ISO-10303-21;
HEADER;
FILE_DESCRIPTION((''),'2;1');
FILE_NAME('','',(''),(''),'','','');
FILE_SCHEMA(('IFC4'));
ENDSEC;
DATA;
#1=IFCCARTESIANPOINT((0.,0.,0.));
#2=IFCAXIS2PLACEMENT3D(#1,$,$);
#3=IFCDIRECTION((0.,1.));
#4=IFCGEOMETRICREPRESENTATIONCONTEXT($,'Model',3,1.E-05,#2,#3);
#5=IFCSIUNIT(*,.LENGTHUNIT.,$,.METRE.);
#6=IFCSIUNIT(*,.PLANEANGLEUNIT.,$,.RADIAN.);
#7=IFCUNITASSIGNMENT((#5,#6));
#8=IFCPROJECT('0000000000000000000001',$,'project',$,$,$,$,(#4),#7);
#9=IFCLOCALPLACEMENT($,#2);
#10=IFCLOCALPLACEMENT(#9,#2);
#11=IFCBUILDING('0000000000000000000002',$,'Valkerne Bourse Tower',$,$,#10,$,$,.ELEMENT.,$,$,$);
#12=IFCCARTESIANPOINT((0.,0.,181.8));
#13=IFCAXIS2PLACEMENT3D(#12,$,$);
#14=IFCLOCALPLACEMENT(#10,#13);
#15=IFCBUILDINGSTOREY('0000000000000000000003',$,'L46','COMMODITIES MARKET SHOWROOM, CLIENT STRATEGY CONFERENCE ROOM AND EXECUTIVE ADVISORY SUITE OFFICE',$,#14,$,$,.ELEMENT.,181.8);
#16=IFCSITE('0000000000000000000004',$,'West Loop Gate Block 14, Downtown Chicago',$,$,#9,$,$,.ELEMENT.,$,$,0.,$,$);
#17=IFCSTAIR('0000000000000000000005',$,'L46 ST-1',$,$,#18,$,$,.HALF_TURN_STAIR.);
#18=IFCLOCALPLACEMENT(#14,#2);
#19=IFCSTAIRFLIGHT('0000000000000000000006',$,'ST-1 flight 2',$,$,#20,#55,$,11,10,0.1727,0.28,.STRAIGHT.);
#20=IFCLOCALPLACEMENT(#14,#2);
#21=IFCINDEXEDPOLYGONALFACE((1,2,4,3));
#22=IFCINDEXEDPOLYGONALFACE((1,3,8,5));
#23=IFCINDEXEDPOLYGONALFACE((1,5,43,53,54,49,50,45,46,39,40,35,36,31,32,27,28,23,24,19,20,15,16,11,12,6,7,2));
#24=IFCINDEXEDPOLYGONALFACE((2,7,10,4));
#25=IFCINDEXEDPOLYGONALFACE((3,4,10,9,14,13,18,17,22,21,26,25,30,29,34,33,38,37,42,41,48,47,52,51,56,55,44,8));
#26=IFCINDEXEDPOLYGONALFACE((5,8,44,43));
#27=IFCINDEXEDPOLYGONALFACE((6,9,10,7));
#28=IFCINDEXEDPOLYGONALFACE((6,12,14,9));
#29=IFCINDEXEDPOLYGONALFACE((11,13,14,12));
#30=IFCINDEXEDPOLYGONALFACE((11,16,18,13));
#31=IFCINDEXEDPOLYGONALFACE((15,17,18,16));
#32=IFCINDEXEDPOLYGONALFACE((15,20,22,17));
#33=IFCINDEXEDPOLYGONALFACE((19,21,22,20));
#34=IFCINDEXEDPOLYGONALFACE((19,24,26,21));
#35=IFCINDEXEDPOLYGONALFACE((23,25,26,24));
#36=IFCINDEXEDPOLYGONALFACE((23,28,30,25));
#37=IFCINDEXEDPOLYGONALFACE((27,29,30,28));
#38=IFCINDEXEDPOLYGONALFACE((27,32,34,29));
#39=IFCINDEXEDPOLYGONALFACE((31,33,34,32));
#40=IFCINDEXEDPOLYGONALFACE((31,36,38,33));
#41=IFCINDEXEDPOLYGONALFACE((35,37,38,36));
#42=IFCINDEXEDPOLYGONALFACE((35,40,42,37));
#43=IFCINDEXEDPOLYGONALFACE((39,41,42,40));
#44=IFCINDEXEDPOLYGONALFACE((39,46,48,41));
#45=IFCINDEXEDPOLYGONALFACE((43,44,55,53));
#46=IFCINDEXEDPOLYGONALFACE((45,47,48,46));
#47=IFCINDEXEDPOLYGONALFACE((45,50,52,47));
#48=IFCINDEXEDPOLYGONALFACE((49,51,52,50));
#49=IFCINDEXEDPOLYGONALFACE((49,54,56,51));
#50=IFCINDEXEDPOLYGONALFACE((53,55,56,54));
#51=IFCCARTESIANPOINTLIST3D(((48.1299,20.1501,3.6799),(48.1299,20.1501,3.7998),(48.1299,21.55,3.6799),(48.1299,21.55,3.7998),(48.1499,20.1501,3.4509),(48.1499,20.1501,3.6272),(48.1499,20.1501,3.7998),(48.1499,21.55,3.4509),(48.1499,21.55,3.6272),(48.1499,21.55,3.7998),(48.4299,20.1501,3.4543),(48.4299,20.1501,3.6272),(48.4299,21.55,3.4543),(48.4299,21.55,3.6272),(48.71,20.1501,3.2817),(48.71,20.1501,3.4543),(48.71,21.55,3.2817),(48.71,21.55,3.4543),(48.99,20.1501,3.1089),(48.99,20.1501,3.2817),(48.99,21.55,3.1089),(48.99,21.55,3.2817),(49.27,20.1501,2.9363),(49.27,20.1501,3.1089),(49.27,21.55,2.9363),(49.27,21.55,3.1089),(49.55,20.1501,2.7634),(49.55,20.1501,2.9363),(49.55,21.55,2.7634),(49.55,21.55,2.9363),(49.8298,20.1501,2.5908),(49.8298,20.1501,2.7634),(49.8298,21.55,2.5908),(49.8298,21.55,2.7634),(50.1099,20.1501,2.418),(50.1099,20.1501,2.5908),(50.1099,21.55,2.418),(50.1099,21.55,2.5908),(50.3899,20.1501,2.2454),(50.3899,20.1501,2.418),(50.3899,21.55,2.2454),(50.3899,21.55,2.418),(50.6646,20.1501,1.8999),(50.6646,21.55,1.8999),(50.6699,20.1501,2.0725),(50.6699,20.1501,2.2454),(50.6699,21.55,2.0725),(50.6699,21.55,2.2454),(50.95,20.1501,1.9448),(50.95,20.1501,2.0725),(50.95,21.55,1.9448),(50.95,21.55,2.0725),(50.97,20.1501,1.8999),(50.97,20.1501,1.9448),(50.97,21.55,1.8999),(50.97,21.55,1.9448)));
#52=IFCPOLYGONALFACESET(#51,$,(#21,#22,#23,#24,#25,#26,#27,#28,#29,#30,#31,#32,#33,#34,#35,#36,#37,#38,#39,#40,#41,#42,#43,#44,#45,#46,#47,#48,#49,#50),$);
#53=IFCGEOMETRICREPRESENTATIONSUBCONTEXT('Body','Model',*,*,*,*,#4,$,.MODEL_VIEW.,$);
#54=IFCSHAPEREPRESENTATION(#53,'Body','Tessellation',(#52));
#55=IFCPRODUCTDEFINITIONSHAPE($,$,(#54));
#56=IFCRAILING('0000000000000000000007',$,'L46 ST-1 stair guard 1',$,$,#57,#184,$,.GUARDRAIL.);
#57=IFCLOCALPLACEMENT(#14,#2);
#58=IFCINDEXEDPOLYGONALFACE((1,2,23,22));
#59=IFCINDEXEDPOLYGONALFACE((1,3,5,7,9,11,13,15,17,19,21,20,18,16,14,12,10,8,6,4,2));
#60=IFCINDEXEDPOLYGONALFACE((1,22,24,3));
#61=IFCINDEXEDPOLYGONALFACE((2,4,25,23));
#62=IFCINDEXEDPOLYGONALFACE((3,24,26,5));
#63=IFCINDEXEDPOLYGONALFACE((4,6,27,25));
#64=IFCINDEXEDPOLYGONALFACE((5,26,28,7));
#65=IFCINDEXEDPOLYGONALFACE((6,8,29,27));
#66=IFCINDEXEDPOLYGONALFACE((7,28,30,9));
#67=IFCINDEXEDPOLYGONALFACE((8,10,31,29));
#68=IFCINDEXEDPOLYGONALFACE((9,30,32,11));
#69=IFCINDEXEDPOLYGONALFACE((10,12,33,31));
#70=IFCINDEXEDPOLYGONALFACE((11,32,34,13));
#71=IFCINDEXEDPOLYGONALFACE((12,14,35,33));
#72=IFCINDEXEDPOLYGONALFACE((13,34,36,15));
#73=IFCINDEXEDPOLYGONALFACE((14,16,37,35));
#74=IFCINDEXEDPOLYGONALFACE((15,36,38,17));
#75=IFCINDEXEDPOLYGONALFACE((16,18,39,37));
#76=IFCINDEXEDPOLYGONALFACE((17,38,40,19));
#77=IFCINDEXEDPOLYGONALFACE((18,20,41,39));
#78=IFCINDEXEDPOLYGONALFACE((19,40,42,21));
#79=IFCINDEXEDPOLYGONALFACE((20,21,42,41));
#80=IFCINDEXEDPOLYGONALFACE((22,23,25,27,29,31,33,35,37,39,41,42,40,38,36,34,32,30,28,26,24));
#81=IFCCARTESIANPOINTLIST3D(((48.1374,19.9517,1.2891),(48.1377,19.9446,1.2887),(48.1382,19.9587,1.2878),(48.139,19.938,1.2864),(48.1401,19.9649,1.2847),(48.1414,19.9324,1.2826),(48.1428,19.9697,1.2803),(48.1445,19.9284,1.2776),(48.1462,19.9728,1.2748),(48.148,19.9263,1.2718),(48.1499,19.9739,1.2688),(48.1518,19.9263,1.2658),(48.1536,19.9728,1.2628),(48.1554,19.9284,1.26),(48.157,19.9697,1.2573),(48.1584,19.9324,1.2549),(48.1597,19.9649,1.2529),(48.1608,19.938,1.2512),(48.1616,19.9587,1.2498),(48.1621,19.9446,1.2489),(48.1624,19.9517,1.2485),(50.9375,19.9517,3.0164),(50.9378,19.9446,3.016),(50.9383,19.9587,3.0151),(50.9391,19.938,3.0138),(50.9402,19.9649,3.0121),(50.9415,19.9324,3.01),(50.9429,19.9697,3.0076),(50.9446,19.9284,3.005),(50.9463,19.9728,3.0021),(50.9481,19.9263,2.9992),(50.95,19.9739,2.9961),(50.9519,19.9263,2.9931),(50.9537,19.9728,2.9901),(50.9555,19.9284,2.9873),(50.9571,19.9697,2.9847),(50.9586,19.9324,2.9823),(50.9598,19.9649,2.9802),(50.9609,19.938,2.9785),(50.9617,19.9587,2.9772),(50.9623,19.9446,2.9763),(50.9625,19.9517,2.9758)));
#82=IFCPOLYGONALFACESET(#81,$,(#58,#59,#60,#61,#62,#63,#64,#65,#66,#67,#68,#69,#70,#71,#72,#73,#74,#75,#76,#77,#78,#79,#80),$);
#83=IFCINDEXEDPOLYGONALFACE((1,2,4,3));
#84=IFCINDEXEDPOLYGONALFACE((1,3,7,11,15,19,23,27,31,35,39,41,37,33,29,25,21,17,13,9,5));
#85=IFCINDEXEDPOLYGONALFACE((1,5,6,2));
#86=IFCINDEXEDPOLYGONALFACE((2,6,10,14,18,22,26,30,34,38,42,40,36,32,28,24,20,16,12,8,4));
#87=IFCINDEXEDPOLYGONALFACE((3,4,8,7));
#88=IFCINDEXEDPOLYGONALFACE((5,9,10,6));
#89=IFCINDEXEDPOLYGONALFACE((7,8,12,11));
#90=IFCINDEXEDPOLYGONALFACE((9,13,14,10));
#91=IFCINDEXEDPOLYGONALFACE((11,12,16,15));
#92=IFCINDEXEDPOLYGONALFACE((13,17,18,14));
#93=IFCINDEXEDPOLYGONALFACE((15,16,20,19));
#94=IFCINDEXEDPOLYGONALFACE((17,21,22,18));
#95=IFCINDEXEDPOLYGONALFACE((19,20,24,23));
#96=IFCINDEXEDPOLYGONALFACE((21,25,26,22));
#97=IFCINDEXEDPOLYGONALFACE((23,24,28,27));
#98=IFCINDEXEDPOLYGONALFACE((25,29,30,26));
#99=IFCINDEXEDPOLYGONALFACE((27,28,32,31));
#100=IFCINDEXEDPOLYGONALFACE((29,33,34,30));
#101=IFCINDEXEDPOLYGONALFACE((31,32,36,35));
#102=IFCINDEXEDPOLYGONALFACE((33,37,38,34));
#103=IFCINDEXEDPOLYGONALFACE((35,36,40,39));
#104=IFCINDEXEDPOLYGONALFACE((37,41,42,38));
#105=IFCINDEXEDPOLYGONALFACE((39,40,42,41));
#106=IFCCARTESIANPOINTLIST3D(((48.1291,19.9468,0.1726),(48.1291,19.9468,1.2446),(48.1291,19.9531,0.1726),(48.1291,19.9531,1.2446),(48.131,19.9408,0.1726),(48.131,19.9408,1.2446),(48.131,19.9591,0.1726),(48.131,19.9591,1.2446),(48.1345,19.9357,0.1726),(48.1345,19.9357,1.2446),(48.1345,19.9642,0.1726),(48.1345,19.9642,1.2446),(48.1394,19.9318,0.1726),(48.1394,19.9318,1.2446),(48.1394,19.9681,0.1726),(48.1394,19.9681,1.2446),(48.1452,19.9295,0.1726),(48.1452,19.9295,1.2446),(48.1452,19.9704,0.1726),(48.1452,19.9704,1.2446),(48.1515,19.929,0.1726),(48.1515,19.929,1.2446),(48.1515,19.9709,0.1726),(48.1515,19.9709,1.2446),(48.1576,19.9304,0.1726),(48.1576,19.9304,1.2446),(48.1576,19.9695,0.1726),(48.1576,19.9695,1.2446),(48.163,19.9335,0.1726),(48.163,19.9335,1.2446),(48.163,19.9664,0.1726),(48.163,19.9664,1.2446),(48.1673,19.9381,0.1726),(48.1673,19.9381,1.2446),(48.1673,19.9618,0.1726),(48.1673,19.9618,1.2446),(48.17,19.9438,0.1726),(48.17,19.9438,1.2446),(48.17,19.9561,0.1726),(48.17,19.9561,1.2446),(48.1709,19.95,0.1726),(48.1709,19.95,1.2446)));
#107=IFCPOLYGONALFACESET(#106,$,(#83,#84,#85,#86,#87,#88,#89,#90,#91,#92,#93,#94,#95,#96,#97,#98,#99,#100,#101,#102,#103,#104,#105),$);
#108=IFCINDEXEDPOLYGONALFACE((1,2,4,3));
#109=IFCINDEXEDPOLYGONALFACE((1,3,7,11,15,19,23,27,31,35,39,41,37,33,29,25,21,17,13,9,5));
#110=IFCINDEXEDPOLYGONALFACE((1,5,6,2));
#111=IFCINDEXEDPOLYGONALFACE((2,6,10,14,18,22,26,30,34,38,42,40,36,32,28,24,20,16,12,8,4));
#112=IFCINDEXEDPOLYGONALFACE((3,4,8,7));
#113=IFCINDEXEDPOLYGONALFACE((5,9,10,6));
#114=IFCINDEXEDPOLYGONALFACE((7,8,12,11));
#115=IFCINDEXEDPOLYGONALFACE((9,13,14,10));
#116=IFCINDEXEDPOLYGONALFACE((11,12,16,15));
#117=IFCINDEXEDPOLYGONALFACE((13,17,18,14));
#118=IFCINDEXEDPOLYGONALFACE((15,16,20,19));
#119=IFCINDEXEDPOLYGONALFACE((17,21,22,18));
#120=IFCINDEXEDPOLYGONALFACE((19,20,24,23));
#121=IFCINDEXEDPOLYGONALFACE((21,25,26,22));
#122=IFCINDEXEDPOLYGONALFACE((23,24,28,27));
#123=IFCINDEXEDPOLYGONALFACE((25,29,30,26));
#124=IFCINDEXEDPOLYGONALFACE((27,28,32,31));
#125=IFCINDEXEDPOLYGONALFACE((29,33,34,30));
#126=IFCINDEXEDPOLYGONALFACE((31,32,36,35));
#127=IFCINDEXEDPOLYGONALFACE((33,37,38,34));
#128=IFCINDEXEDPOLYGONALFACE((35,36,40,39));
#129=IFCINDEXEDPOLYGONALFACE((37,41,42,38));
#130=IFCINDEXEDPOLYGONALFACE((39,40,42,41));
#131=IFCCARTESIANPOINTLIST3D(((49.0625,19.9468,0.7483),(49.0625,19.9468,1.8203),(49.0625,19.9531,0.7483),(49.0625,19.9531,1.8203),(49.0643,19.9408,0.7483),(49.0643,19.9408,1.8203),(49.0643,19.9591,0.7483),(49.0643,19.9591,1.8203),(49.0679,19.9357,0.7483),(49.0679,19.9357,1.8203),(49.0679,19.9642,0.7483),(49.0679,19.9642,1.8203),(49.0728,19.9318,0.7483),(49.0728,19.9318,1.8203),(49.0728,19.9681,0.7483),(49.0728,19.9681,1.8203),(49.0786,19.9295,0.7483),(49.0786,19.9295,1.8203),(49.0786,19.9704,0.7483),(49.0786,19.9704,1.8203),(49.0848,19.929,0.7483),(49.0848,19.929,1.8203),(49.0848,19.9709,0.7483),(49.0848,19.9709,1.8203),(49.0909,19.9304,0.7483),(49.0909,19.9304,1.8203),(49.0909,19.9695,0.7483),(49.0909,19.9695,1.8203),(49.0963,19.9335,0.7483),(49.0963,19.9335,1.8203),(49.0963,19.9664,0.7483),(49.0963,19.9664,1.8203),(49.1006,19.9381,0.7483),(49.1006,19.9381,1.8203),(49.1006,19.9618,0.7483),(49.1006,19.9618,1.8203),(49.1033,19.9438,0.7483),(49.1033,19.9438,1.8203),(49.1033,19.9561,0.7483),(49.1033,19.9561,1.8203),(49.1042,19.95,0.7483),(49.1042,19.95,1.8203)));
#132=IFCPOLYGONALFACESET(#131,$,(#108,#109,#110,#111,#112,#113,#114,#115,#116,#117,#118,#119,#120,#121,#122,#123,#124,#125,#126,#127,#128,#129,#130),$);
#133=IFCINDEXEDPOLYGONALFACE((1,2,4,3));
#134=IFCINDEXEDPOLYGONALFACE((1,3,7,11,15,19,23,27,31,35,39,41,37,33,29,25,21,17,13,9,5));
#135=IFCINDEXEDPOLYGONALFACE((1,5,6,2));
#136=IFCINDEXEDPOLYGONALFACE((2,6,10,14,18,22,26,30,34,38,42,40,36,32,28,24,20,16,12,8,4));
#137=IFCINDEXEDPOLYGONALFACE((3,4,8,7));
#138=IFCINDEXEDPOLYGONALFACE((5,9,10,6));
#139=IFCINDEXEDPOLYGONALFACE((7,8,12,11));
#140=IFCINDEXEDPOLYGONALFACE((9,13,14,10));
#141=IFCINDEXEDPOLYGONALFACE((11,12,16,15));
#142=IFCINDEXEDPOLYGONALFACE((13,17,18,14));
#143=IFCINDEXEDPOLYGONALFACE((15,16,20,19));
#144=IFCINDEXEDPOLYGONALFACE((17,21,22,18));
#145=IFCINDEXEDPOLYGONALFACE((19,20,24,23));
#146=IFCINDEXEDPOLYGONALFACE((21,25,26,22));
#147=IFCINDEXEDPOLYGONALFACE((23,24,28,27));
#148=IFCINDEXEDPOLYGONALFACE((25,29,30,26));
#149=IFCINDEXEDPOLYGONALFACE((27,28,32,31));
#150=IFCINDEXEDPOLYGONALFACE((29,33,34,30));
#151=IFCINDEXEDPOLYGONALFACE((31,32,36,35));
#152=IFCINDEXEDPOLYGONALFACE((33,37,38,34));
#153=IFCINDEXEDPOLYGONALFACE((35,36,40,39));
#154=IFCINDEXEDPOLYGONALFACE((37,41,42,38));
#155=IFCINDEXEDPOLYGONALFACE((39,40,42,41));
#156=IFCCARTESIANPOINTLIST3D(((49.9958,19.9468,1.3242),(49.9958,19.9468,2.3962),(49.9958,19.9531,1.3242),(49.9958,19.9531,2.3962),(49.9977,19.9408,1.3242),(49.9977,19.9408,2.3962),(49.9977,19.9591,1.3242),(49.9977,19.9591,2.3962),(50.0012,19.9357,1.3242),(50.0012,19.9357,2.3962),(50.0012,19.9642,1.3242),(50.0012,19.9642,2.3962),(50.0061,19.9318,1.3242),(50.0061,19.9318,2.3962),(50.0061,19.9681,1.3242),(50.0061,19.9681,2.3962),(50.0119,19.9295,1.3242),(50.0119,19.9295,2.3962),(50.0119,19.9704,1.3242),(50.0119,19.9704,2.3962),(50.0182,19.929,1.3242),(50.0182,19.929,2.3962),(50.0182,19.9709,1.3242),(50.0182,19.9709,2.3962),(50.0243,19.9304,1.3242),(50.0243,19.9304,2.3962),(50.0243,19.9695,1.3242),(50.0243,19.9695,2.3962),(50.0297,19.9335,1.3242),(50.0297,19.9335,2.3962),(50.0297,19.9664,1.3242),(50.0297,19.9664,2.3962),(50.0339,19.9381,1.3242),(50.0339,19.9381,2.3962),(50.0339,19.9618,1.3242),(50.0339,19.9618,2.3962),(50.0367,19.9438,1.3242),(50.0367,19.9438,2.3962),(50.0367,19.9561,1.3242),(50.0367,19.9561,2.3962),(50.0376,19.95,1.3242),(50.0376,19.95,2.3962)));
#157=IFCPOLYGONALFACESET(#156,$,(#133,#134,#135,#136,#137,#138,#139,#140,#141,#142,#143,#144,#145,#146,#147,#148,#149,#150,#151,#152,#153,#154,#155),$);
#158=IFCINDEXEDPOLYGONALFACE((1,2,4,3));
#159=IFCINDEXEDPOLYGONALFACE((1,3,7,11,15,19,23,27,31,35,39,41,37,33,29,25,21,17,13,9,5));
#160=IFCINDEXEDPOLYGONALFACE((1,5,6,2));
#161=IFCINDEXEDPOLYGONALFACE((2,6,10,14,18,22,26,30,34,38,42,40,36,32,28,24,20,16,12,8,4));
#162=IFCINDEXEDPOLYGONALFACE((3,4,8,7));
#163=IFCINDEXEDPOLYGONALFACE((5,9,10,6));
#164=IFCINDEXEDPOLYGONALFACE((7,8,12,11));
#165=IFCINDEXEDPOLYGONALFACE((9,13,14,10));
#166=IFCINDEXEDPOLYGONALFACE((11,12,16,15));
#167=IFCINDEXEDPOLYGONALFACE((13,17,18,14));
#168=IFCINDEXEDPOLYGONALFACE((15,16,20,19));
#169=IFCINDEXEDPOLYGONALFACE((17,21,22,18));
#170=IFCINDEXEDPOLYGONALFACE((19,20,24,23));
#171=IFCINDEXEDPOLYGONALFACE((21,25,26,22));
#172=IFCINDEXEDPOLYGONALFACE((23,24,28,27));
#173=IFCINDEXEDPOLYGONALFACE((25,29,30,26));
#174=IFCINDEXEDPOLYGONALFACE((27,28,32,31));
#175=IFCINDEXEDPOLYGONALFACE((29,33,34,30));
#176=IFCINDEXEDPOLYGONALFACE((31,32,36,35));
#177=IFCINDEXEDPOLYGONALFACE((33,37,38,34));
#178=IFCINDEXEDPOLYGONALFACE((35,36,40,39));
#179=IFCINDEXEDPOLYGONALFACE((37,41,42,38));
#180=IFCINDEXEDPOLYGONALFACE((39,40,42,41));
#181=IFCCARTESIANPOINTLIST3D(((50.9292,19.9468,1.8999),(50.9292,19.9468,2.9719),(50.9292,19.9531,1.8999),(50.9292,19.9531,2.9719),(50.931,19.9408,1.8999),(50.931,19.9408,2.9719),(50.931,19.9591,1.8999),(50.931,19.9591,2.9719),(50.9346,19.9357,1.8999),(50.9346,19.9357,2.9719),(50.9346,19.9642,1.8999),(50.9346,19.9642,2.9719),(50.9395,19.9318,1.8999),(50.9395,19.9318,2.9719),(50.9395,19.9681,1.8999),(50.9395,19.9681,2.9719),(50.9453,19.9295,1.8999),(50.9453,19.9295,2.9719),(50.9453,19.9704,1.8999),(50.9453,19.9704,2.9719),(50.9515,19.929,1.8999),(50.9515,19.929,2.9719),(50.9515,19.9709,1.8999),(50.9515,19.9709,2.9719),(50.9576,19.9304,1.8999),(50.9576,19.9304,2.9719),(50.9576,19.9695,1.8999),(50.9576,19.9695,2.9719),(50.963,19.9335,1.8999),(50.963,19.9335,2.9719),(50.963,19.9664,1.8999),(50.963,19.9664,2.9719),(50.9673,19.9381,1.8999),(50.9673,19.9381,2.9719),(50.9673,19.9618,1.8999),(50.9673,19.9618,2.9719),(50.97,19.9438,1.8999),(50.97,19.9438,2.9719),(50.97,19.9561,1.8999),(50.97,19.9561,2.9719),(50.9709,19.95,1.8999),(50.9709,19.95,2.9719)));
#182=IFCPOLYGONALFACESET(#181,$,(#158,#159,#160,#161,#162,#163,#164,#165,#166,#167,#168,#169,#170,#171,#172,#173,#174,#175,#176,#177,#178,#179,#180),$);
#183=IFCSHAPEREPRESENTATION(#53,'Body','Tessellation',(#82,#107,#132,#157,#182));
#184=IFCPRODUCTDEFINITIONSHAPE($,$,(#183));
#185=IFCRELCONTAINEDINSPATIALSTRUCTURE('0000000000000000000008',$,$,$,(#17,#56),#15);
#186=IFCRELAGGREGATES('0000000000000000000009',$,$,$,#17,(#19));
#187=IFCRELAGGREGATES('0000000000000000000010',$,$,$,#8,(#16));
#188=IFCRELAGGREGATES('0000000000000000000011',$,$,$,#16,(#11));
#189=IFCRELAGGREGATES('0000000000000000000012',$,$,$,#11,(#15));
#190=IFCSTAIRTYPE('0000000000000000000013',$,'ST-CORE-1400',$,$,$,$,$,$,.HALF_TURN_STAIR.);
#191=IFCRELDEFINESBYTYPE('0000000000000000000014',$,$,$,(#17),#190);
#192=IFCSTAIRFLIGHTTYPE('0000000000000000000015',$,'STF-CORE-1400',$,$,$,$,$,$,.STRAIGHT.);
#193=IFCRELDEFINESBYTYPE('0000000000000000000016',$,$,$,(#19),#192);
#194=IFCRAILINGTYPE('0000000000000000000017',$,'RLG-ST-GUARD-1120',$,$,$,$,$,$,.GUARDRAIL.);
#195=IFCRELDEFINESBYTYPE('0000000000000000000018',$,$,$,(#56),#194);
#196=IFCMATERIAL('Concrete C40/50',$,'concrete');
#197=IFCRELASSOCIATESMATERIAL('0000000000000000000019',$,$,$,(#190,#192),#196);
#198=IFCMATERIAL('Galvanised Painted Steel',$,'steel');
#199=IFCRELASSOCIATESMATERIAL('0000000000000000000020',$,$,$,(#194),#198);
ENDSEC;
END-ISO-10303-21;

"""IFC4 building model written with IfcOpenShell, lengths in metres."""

from ifc_helpers import new_model, si_unit, direction, frame, origin, origin_2d, place, context, subcontext, project, spatial, polyline, circle, outline, extrude, material, type_object, element, aggregate, save


model = new_model("IFC4")

# Units and contexts
model_context = context("Model", 3, precision=1e-05, world=origin(), true_north=direction((0.0, 1.0)))
body_context = subcontext(model_context, "Body", "Model", "MODEL_VIEW")
ifc_project = project(units=[si_unit("LENGTHUNIT", "METRE"), si_unit("PLANEANGLEUNIT", "RADIAN")], contexts=[model_context])

# Site, building, storey
site_placement = place(None, origin())
site = spatial("IfcSite", under=ifc_project, at=site_placement, Name="West Loop Gate Block 14, Downtown Chicago", CompositionType="ELEMENT", RefElevation=0.0)
building_placement = place(site_placement, origin())
building = spatial("IfcBuilding", under=site, at=building_placement, Name="Valkerne Bourse Tower", CompositionType="ELEMENT")
storey_placement = place(building_placement, frame((0.0, 0.0, 181.8)))
storey = spatial("IfcBuildingStorey", under=building, at=storey_placement, Name="L46", Description="COMMODITIES MARKET SHOWROOM, CLIENT STRATEGY CONFERENCE ROOM AND EXECUTIVE ADVISORY SUITE OFFICE", CompositionType="ELEMENT", Elevation=181.8)

# Shared definitions
ifc_material_1 = material(Name="Galvanised Painted Steel", Category="steel")

# Shared definitions
ifc_material_2 = material(Name="Concrete C40/50", Category="concrete")

# Stair, stair flight
stair_type = type_object("IfcStairType", Name="ST-CORE-1400", PredefinedType="HALF_TURN_STAIR", material=ifc_material_2)
stair_placement = place(storey_placement, origin())
stair = element("IfcStair", 1, at=stair_placement, inside=storey, type_object=stair_type, Name="L46 ST-1", PredefinedType="HALF_TURN_STAIR")
stair_flight_type = type_object("IfcStairFlightType", Name="STF-CORE-1400", PredefinedType="STRAIGHT", material=ifc_material_2)
stair_flight_1_placement = place(storey_placement, frame((50.95, 20.8501, 1.8999), z_axis=(0.0, 0.0, 1.0), x_axis=(-1.0, 0.0, 0.0)))
stair_flight_1 = element("IfcStairFlight", 2, at=stair_flight_1_placement, type_object=stair_flight_type, Name="ST-1 flight 2", NumberOfRisers=11, NumberOfTreads=10, PredefinedType="STRAIGHT", RiserHeight=0.1727, TreadLength=0.28, context=body_context, shape_type="SweptSolid", body=[
    extrude(outline(polyline([(-0.02, 0.0), (-0.02, 0.0449), (0.0, 0.0449), (0.0, 0.1726), (0.28, 0.1726), (0.28, 0.3455), (0.5601, 0.3455), (0.5601, 0.5181), (0.8401, 0.5181), (0.8401, 0.6909), (1.1201, 0.6909), (1.1201, 0.8635), (1.3999, 0.8635), (1.3999, 1.0364), (1.6799, 1.0364), (1.6799, 1.209), (1.96, 1.209), (1.96, 1.3818), (2.24, 1.3818), (2.24, 1.5544), (2.52, 1.5544), (2.52, 1.7273), (2.8, 1.7273), (2.8, 1.8999), (2.8201, 1.8999), (2.8201, 1.78), (2.8, 1.551), (0.2854, 0.0), (-0.02, 0.0)])), frame((0.0, 0.7, 0.0), z_axis=(0.0, -1.0, 0.0), x_axis=(1.0, 0.0, 0.0)), (0.0, 0.0, 1.0), 1.3999),
])
aggregate(stair, [stair_flight_1])

# Railing
railing_type_1 = type_object("IfcRailingType", Name="RLG-ST-GUARD-1120", PredefinedType="GUARDRAIL", material=ifc_material_1)
railing_1_placement = place(storey_placement, frame((48.1499, 19.95, 0.1726)))
element("IfcRailing", 3, at=railing_1_placement, inside=storey, type_object=railing_type_1, Name="L46 ST-1 stair guard 1", PredefinedType="GUARDRAIL", context=body_context, shape_type="SweptSolid", body=[
    extrude(circle(Radius=0.0239, at=origin_2d()), frame((0.0, 0.0, 1.0962), z_axis=(0.85109, 0.0, 0.52502), x_axis=(0.0, 1.0, 0.0)), (0.0, 0.0, 1.0), 3.29),
    extrude(circle(Radius=0.021, at=origin_2d()), origin(), (0.0, 0.0, 1.0), 1.072),
    extrude(circle(Radius=0.021, at=origin_2d()), frame((0.9333, 0.0, 0.5757)), (0.0, 0.0, 1.0), 1.072),
    extrude(circle(Radius=0.021, at=origin_2d()), frame((1.8667, 0.0, 1.1516)), (0.0, 0.0, 1.0), 1.072),
    extrude(circle(Radius=0.021, at=origin_2d()), frame((2.8, 0.0, 1.7273)), (0.0, 0.0, 1.0), 1.072),
])

save(model, "model.ifc")
